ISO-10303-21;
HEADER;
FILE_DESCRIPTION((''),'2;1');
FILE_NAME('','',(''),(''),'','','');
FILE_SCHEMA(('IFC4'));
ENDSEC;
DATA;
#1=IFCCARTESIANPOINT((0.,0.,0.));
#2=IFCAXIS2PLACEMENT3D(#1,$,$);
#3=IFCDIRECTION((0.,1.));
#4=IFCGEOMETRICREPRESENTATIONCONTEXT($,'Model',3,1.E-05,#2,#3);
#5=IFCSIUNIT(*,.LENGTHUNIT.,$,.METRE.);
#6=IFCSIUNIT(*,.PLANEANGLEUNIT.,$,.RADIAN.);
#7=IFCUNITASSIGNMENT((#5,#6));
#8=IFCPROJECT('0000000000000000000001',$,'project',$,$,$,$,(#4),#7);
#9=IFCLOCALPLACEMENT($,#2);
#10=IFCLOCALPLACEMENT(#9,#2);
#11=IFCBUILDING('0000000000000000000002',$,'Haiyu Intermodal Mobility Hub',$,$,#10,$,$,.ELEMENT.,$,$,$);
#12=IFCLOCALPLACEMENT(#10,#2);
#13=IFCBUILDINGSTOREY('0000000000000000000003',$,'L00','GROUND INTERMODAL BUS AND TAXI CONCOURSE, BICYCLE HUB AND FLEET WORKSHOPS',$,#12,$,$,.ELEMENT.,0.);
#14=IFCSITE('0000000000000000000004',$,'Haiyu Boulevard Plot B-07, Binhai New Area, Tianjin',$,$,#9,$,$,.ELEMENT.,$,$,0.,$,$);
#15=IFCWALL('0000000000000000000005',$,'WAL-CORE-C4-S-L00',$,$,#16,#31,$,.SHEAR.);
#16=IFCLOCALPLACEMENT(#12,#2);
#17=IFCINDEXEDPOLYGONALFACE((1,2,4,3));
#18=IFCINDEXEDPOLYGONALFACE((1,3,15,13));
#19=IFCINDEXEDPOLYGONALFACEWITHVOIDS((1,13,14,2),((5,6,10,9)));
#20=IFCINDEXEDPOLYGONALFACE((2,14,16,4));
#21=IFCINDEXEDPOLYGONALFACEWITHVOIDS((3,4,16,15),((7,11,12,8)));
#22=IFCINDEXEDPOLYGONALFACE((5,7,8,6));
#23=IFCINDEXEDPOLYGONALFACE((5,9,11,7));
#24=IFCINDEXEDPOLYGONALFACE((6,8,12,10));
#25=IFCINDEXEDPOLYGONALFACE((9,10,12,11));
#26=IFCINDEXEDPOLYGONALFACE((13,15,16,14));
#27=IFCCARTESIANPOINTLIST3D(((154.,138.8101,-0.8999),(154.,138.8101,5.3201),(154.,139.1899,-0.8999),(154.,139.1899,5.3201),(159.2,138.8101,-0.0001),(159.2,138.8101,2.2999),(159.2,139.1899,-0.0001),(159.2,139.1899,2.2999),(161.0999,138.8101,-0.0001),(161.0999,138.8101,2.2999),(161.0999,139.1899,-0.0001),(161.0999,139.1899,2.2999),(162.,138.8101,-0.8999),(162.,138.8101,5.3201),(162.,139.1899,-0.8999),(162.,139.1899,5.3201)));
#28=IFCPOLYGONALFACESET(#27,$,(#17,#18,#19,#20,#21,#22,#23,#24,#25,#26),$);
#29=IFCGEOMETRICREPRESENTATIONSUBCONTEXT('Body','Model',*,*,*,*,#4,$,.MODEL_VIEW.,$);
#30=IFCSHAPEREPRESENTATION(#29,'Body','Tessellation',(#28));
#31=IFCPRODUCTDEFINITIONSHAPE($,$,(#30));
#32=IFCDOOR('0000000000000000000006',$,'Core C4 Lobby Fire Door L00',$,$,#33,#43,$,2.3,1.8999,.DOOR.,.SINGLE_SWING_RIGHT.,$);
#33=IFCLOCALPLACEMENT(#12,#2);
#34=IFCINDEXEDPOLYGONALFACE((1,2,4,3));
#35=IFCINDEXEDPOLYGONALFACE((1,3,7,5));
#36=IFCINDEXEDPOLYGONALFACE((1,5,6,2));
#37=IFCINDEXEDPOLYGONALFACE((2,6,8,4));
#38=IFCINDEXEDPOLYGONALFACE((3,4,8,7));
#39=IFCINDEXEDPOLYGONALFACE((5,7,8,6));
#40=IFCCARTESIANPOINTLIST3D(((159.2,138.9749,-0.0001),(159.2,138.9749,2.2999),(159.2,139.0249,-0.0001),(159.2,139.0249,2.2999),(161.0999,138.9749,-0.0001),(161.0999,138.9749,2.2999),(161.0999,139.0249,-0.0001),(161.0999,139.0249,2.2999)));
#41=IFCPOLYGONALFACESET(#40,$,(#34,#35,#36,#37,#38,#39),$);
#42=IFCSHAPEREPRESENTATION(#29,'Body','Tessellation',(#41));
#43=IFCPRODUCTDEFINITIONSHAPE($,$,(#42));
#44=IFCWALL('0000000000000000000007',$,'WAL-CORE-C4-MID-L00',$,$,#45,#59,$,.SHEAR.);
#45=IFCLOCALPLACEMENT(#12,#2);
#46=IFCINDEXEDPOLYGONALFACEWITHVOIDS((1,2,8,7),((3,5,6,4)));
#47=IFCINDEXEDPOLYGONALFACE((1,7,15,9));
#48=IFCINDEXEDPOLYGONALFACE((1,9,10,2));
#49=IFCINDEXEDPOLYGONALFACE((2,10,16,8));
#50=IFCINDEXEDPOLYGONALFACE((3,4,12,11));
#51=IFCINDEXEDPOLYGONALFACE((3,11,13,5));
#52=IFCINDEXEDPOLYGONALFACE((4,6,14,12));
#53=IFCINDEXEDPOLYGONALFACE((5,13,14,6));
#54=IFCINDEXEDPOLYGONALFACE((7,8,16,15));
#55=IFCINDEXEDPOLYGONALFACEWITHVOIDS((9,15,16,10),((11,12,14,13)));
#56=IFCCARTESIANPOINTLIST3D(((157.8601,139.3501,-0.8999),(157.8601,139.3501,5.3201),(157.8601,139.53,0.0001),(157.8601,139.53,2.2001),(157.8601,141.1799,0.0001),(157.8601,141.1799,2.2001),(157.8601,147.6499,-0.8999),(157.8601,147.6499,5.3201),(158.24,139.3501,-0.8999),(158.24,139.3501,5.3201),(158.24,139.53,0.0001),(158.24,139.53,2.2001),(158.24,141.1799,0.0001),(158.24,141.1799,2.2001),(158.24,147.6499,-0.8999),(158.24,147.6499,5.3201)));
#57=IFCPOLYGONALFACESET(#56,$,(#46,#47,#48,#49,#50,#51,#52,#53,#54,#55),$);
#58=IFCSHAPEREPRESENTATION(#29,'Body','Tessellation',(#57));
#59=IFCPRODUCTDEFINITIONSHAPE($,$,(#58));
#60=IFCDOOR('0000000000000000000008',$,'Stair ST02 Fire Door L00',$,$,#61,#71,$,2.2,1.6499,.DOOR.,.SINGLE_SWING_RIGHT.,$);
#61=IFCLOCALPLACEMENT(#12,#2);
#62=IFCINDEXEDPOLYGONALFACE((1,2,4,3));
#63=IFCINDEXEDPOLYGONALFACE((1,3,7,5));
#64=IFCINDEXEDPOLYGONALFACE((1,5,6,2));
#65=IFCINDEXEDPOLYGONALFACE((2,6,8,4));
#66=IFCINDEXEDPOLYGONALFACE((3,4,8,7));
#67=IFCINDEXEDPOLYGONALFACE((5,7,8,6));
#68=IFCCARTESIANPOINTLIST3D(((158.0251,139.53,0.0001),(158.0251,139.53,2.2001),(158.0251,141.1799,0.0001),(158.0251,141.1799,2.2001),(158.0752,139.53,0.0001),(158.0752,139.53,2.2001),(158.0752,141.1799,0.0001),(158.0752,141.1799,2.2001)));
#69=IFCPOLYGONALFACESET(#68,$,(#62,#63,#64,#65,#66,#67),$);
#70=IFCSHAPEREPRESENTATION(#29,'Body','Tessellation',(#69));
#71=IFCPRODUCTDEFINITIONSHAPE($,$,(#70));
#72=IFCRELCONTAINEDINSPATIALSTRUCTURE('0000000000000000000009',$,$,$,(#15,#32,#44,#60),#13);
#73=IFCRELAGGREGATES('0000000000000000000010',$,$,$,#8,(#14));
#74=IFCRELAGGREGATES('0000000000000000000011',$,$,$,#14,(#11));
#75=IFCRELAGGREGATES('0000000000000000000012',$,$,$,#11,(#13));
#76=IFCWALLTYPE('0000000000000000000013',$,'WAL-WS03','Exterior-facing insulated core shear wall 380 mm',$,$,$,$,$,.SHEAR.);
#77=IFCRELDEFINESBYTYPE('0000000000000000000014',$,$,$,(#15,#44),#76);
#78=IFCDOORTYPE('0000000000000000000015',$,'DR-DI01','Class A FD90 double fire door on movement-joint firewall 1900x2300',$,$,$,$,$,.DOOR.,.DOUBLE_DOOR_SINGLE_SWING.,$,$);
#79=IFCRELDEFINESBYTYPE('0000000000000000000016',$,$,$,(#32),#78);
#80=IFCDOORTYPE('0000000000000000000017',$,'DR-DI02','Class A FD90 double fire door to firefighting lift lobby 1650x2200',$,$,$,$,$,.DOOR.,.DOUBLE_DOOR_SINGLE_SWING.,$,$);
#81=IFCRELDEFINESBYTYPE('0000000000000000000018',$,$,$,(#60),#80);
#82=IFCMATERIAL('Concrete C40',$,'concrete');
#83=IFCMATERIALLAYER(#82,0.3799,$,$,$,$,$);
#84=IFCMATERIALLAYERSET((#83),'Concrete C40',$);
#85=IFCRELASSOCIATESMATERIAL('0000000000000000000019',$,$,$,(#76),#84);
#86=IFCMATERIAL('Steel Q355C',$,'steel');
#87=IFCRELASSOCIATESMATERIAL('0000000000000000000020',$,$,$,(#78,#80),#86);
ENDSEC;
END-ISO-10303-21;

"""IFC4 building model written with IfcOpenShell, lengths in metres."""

from ifc_helpers import new_model, si_unit, direction, frame, frame_2d, origin, place, context, subcontext, project, spatial, rectangle, extrude, material, layer, layer_set, type_object, element, fill, save


model = new_model("IFC4")

# Units and contexts
model_context = context("Model", 3, precision=1e-05, world=origin(), true_north=direction((0.0, 1.0)))
body_context = subcontext(model_context, "Body", "Model", "MODEL_VIEW")
ifc_project = project(units=[si_unit("LENGTHUNIT", "METRE"), si_unit("PLANEANGLEUNIT", "RADIAN")], contexts=[model_context])

# Site, building, storey
site_placement = place(None, origin())
site = spatial("IfcSite", under=ifc_project, at=site_placement, Name="Haiyu Boulevard Plot B-07, Binhai New Area, Tianjin", CompositionType="ELEMENT", RefElevation=0.0)
building_placement = place(site_placement, origin())
building = spatial("IfcBuilding", under=site, at=building_placement, Name="Haiyu Intermodal Mobility Hub", CompositionType="ELEMENT")
storey_placement = place(building_placement, origin())
storey = spatial("IfcBuildingStorey", under=building, at=storey_placement, Name="L00", Description="GROUND INTERMODAL BUS AND TAXI CONCOURSE, BICYCLE HUB AND FLEET WORKSHOPS", CompositionType="ELEMENT", Elevation=0.0)

# Shared definitions
ifc_material_1 = material(Name="Concrete C40", Category="concrete")

# Shared definitions
ifc_material_2 = material(Name="Steel Q355C", Category="steel")

# Walls, openings, doors
ifc_layer_1 = layer(ifc_material_1, 0.3799)
ifc_layer_set_1 = layer_set([ifc_layer_1], Name="Concrete C40")
wall_type_1 = type_object("IfcWallType", Name="WAL-WS03", Description="Exterior-facing insulated core shear wall 380 mm", PredefinedType="SHEAR", material=ifc_layer_set_1)
wall_1_placement = place(storey_placement, frame((154.0, 139.0, -0.8999), z_axis=(0.0, 0.0, 1.0), x_axis=(1.0, 0.0, 0.0)))
wall_1 = element("IfcWall", 1, at=wall_1_placement, inside=storey, type_object=wall_type_1, Name="WAL-CORE-C4-S-L00", PredefinedType="SHEAR", context=body_context, shape_type="SweptSolid", body=[
    extrude(rectangle(XDim=8.0, YDim=0.3799, at=frame_2d((4.0, 0.0))), origin(), (0.0, 0.0, 1.0), 6.22),
])
opening_1_placement = place(wall_1_placement, frame((5.2, 0.0, 0.8999)))
opening_1 = element("IfcOpeningElement", 2, at=opening_1_placement, cuts=wall_1, PredefinedType="OPENING", context=body_context, shape_type="SweptSolid", body=[
    extrude(rectangle(XDim=1.8999, YDim=2.3, at=frame_2d((0.95, 1.1499))), frame((0.0, 0.2, 0.0), z_axis=(0.0, -1.0, 0.0), x_axis=(1.0, 0.0, 0.0)), (0.0, 0.0, 1.0), 0.3999),
])
door_type_1 = type_object("IfcDoorType", Name="DR-DI01", Description="Class A FD90 double fire door on movement-joint firewall 1900x2300", OperationType="DOUBLE_DOOR_SINGLE_SWING", PredefinedType="DOOR", material=ifc_material_2)
door_1_placement = place(opening_1_placement, origin())
door_1 = element("IfcDoor", 3, at=door_1_placement, inside=storey, type_object=door_type_1, Name="Core C4 Lobby Fire Door L00", OperationType="SINGLE_SWING_RIGHT", OverallHeight=2.3, OverallWidth=1.8999, PredefinedType="DOOR", context=body_context, shape_type="SweptSolid", body=[
    extrude(rectangle(XDim=1.8999, YDim=2.3, at=frame_2d((0.95, 1.1499))), frame((0.0, 0.0249, 0.0), z_axis=(0.0, -1.0, 0.0), x_axis=(1.0, 0.0, 0.0)), (0.0, 0.0, 1.0), 0.05),
])
fill(opening_1, door_1)
wall_2_placement = place(storey_placement, frame((158.05, 139.3501, -0.8999), z_axis=(0.0, 0.0, 1.0), x_axis=(0.0, 1.0, 0.0)))
wall_2 = element("IfcWall", 4, at=wall_2_placement, inside=storey, type_object=wall_type_1, Name="WAL-CORE-C4-MID-L00", PredefinedType="SHEAR", context=body_context, shape_type="SweptSolid", body=[
    extrude(rectangle(XDim=8.2998, YDim=0.3799, at=frame_2d((4.1499, 0.0))), origin(), (0.0, 0.0, 1.0), 6.22),
])
opening_2_placement = place(wall_2_placement, frame((0.1799, 0.0, 0.8999)))
opening_2 = element("IfcOpeningElement", 5, at=opening_2_placement, cuts=wall_2, PredefinedType="OPENING", context=body_context, shape_type="SweptSolid", body=[
    extrude(rectangle(XDim=1.6499, YDim=2.2, at=frame_2d((0.825, 1.1001))), frame((0.0, 0.2, 0.0), z_axis=(0.0, -1.0, 0.0), x_axis=(1.0, 0.0, 0.0)), (0.0, 0.0, 1.0), 0.3999),
])
door_type_2 = type_object("IfcDoorType", Name="DR-DI02", Description="Class A FD90 double fire door to firefighting lift lobby 1650x2200", OperationType="DOUBLE_DOOR_SINGLE_SWING", PredefinedType="DOOR", material=ifc_material_2)
door_2_placement = place(opening_2_placement, origin())
door_2 = element("IfcDoor", 6, at=door_2_placement, inside=storey, type_object=door_type_2, Name="Stair ST02 Fire Door L00", OperationType="SINGLE_SWING_RIGHT", OverallHeight=2.2, OverallWidth=1.6499, PredefinedType="DOOR", context=body_context, shape_type="SweptSolid", body=[
    extrude(rectangle(XDim=1.6499, YDim=2.2, at=frame_2d((0.825, 1.1001))), frame((0.0, 0.0249, 0.0), z_axis=(0.0, -1.0, 0.0), x_axis=(1.0, 0.0, 0.0)), (0.0, 0.0, 1.0), 0.05),
])
fill(opening_2, door_2)

save(model, "model.ifc")
